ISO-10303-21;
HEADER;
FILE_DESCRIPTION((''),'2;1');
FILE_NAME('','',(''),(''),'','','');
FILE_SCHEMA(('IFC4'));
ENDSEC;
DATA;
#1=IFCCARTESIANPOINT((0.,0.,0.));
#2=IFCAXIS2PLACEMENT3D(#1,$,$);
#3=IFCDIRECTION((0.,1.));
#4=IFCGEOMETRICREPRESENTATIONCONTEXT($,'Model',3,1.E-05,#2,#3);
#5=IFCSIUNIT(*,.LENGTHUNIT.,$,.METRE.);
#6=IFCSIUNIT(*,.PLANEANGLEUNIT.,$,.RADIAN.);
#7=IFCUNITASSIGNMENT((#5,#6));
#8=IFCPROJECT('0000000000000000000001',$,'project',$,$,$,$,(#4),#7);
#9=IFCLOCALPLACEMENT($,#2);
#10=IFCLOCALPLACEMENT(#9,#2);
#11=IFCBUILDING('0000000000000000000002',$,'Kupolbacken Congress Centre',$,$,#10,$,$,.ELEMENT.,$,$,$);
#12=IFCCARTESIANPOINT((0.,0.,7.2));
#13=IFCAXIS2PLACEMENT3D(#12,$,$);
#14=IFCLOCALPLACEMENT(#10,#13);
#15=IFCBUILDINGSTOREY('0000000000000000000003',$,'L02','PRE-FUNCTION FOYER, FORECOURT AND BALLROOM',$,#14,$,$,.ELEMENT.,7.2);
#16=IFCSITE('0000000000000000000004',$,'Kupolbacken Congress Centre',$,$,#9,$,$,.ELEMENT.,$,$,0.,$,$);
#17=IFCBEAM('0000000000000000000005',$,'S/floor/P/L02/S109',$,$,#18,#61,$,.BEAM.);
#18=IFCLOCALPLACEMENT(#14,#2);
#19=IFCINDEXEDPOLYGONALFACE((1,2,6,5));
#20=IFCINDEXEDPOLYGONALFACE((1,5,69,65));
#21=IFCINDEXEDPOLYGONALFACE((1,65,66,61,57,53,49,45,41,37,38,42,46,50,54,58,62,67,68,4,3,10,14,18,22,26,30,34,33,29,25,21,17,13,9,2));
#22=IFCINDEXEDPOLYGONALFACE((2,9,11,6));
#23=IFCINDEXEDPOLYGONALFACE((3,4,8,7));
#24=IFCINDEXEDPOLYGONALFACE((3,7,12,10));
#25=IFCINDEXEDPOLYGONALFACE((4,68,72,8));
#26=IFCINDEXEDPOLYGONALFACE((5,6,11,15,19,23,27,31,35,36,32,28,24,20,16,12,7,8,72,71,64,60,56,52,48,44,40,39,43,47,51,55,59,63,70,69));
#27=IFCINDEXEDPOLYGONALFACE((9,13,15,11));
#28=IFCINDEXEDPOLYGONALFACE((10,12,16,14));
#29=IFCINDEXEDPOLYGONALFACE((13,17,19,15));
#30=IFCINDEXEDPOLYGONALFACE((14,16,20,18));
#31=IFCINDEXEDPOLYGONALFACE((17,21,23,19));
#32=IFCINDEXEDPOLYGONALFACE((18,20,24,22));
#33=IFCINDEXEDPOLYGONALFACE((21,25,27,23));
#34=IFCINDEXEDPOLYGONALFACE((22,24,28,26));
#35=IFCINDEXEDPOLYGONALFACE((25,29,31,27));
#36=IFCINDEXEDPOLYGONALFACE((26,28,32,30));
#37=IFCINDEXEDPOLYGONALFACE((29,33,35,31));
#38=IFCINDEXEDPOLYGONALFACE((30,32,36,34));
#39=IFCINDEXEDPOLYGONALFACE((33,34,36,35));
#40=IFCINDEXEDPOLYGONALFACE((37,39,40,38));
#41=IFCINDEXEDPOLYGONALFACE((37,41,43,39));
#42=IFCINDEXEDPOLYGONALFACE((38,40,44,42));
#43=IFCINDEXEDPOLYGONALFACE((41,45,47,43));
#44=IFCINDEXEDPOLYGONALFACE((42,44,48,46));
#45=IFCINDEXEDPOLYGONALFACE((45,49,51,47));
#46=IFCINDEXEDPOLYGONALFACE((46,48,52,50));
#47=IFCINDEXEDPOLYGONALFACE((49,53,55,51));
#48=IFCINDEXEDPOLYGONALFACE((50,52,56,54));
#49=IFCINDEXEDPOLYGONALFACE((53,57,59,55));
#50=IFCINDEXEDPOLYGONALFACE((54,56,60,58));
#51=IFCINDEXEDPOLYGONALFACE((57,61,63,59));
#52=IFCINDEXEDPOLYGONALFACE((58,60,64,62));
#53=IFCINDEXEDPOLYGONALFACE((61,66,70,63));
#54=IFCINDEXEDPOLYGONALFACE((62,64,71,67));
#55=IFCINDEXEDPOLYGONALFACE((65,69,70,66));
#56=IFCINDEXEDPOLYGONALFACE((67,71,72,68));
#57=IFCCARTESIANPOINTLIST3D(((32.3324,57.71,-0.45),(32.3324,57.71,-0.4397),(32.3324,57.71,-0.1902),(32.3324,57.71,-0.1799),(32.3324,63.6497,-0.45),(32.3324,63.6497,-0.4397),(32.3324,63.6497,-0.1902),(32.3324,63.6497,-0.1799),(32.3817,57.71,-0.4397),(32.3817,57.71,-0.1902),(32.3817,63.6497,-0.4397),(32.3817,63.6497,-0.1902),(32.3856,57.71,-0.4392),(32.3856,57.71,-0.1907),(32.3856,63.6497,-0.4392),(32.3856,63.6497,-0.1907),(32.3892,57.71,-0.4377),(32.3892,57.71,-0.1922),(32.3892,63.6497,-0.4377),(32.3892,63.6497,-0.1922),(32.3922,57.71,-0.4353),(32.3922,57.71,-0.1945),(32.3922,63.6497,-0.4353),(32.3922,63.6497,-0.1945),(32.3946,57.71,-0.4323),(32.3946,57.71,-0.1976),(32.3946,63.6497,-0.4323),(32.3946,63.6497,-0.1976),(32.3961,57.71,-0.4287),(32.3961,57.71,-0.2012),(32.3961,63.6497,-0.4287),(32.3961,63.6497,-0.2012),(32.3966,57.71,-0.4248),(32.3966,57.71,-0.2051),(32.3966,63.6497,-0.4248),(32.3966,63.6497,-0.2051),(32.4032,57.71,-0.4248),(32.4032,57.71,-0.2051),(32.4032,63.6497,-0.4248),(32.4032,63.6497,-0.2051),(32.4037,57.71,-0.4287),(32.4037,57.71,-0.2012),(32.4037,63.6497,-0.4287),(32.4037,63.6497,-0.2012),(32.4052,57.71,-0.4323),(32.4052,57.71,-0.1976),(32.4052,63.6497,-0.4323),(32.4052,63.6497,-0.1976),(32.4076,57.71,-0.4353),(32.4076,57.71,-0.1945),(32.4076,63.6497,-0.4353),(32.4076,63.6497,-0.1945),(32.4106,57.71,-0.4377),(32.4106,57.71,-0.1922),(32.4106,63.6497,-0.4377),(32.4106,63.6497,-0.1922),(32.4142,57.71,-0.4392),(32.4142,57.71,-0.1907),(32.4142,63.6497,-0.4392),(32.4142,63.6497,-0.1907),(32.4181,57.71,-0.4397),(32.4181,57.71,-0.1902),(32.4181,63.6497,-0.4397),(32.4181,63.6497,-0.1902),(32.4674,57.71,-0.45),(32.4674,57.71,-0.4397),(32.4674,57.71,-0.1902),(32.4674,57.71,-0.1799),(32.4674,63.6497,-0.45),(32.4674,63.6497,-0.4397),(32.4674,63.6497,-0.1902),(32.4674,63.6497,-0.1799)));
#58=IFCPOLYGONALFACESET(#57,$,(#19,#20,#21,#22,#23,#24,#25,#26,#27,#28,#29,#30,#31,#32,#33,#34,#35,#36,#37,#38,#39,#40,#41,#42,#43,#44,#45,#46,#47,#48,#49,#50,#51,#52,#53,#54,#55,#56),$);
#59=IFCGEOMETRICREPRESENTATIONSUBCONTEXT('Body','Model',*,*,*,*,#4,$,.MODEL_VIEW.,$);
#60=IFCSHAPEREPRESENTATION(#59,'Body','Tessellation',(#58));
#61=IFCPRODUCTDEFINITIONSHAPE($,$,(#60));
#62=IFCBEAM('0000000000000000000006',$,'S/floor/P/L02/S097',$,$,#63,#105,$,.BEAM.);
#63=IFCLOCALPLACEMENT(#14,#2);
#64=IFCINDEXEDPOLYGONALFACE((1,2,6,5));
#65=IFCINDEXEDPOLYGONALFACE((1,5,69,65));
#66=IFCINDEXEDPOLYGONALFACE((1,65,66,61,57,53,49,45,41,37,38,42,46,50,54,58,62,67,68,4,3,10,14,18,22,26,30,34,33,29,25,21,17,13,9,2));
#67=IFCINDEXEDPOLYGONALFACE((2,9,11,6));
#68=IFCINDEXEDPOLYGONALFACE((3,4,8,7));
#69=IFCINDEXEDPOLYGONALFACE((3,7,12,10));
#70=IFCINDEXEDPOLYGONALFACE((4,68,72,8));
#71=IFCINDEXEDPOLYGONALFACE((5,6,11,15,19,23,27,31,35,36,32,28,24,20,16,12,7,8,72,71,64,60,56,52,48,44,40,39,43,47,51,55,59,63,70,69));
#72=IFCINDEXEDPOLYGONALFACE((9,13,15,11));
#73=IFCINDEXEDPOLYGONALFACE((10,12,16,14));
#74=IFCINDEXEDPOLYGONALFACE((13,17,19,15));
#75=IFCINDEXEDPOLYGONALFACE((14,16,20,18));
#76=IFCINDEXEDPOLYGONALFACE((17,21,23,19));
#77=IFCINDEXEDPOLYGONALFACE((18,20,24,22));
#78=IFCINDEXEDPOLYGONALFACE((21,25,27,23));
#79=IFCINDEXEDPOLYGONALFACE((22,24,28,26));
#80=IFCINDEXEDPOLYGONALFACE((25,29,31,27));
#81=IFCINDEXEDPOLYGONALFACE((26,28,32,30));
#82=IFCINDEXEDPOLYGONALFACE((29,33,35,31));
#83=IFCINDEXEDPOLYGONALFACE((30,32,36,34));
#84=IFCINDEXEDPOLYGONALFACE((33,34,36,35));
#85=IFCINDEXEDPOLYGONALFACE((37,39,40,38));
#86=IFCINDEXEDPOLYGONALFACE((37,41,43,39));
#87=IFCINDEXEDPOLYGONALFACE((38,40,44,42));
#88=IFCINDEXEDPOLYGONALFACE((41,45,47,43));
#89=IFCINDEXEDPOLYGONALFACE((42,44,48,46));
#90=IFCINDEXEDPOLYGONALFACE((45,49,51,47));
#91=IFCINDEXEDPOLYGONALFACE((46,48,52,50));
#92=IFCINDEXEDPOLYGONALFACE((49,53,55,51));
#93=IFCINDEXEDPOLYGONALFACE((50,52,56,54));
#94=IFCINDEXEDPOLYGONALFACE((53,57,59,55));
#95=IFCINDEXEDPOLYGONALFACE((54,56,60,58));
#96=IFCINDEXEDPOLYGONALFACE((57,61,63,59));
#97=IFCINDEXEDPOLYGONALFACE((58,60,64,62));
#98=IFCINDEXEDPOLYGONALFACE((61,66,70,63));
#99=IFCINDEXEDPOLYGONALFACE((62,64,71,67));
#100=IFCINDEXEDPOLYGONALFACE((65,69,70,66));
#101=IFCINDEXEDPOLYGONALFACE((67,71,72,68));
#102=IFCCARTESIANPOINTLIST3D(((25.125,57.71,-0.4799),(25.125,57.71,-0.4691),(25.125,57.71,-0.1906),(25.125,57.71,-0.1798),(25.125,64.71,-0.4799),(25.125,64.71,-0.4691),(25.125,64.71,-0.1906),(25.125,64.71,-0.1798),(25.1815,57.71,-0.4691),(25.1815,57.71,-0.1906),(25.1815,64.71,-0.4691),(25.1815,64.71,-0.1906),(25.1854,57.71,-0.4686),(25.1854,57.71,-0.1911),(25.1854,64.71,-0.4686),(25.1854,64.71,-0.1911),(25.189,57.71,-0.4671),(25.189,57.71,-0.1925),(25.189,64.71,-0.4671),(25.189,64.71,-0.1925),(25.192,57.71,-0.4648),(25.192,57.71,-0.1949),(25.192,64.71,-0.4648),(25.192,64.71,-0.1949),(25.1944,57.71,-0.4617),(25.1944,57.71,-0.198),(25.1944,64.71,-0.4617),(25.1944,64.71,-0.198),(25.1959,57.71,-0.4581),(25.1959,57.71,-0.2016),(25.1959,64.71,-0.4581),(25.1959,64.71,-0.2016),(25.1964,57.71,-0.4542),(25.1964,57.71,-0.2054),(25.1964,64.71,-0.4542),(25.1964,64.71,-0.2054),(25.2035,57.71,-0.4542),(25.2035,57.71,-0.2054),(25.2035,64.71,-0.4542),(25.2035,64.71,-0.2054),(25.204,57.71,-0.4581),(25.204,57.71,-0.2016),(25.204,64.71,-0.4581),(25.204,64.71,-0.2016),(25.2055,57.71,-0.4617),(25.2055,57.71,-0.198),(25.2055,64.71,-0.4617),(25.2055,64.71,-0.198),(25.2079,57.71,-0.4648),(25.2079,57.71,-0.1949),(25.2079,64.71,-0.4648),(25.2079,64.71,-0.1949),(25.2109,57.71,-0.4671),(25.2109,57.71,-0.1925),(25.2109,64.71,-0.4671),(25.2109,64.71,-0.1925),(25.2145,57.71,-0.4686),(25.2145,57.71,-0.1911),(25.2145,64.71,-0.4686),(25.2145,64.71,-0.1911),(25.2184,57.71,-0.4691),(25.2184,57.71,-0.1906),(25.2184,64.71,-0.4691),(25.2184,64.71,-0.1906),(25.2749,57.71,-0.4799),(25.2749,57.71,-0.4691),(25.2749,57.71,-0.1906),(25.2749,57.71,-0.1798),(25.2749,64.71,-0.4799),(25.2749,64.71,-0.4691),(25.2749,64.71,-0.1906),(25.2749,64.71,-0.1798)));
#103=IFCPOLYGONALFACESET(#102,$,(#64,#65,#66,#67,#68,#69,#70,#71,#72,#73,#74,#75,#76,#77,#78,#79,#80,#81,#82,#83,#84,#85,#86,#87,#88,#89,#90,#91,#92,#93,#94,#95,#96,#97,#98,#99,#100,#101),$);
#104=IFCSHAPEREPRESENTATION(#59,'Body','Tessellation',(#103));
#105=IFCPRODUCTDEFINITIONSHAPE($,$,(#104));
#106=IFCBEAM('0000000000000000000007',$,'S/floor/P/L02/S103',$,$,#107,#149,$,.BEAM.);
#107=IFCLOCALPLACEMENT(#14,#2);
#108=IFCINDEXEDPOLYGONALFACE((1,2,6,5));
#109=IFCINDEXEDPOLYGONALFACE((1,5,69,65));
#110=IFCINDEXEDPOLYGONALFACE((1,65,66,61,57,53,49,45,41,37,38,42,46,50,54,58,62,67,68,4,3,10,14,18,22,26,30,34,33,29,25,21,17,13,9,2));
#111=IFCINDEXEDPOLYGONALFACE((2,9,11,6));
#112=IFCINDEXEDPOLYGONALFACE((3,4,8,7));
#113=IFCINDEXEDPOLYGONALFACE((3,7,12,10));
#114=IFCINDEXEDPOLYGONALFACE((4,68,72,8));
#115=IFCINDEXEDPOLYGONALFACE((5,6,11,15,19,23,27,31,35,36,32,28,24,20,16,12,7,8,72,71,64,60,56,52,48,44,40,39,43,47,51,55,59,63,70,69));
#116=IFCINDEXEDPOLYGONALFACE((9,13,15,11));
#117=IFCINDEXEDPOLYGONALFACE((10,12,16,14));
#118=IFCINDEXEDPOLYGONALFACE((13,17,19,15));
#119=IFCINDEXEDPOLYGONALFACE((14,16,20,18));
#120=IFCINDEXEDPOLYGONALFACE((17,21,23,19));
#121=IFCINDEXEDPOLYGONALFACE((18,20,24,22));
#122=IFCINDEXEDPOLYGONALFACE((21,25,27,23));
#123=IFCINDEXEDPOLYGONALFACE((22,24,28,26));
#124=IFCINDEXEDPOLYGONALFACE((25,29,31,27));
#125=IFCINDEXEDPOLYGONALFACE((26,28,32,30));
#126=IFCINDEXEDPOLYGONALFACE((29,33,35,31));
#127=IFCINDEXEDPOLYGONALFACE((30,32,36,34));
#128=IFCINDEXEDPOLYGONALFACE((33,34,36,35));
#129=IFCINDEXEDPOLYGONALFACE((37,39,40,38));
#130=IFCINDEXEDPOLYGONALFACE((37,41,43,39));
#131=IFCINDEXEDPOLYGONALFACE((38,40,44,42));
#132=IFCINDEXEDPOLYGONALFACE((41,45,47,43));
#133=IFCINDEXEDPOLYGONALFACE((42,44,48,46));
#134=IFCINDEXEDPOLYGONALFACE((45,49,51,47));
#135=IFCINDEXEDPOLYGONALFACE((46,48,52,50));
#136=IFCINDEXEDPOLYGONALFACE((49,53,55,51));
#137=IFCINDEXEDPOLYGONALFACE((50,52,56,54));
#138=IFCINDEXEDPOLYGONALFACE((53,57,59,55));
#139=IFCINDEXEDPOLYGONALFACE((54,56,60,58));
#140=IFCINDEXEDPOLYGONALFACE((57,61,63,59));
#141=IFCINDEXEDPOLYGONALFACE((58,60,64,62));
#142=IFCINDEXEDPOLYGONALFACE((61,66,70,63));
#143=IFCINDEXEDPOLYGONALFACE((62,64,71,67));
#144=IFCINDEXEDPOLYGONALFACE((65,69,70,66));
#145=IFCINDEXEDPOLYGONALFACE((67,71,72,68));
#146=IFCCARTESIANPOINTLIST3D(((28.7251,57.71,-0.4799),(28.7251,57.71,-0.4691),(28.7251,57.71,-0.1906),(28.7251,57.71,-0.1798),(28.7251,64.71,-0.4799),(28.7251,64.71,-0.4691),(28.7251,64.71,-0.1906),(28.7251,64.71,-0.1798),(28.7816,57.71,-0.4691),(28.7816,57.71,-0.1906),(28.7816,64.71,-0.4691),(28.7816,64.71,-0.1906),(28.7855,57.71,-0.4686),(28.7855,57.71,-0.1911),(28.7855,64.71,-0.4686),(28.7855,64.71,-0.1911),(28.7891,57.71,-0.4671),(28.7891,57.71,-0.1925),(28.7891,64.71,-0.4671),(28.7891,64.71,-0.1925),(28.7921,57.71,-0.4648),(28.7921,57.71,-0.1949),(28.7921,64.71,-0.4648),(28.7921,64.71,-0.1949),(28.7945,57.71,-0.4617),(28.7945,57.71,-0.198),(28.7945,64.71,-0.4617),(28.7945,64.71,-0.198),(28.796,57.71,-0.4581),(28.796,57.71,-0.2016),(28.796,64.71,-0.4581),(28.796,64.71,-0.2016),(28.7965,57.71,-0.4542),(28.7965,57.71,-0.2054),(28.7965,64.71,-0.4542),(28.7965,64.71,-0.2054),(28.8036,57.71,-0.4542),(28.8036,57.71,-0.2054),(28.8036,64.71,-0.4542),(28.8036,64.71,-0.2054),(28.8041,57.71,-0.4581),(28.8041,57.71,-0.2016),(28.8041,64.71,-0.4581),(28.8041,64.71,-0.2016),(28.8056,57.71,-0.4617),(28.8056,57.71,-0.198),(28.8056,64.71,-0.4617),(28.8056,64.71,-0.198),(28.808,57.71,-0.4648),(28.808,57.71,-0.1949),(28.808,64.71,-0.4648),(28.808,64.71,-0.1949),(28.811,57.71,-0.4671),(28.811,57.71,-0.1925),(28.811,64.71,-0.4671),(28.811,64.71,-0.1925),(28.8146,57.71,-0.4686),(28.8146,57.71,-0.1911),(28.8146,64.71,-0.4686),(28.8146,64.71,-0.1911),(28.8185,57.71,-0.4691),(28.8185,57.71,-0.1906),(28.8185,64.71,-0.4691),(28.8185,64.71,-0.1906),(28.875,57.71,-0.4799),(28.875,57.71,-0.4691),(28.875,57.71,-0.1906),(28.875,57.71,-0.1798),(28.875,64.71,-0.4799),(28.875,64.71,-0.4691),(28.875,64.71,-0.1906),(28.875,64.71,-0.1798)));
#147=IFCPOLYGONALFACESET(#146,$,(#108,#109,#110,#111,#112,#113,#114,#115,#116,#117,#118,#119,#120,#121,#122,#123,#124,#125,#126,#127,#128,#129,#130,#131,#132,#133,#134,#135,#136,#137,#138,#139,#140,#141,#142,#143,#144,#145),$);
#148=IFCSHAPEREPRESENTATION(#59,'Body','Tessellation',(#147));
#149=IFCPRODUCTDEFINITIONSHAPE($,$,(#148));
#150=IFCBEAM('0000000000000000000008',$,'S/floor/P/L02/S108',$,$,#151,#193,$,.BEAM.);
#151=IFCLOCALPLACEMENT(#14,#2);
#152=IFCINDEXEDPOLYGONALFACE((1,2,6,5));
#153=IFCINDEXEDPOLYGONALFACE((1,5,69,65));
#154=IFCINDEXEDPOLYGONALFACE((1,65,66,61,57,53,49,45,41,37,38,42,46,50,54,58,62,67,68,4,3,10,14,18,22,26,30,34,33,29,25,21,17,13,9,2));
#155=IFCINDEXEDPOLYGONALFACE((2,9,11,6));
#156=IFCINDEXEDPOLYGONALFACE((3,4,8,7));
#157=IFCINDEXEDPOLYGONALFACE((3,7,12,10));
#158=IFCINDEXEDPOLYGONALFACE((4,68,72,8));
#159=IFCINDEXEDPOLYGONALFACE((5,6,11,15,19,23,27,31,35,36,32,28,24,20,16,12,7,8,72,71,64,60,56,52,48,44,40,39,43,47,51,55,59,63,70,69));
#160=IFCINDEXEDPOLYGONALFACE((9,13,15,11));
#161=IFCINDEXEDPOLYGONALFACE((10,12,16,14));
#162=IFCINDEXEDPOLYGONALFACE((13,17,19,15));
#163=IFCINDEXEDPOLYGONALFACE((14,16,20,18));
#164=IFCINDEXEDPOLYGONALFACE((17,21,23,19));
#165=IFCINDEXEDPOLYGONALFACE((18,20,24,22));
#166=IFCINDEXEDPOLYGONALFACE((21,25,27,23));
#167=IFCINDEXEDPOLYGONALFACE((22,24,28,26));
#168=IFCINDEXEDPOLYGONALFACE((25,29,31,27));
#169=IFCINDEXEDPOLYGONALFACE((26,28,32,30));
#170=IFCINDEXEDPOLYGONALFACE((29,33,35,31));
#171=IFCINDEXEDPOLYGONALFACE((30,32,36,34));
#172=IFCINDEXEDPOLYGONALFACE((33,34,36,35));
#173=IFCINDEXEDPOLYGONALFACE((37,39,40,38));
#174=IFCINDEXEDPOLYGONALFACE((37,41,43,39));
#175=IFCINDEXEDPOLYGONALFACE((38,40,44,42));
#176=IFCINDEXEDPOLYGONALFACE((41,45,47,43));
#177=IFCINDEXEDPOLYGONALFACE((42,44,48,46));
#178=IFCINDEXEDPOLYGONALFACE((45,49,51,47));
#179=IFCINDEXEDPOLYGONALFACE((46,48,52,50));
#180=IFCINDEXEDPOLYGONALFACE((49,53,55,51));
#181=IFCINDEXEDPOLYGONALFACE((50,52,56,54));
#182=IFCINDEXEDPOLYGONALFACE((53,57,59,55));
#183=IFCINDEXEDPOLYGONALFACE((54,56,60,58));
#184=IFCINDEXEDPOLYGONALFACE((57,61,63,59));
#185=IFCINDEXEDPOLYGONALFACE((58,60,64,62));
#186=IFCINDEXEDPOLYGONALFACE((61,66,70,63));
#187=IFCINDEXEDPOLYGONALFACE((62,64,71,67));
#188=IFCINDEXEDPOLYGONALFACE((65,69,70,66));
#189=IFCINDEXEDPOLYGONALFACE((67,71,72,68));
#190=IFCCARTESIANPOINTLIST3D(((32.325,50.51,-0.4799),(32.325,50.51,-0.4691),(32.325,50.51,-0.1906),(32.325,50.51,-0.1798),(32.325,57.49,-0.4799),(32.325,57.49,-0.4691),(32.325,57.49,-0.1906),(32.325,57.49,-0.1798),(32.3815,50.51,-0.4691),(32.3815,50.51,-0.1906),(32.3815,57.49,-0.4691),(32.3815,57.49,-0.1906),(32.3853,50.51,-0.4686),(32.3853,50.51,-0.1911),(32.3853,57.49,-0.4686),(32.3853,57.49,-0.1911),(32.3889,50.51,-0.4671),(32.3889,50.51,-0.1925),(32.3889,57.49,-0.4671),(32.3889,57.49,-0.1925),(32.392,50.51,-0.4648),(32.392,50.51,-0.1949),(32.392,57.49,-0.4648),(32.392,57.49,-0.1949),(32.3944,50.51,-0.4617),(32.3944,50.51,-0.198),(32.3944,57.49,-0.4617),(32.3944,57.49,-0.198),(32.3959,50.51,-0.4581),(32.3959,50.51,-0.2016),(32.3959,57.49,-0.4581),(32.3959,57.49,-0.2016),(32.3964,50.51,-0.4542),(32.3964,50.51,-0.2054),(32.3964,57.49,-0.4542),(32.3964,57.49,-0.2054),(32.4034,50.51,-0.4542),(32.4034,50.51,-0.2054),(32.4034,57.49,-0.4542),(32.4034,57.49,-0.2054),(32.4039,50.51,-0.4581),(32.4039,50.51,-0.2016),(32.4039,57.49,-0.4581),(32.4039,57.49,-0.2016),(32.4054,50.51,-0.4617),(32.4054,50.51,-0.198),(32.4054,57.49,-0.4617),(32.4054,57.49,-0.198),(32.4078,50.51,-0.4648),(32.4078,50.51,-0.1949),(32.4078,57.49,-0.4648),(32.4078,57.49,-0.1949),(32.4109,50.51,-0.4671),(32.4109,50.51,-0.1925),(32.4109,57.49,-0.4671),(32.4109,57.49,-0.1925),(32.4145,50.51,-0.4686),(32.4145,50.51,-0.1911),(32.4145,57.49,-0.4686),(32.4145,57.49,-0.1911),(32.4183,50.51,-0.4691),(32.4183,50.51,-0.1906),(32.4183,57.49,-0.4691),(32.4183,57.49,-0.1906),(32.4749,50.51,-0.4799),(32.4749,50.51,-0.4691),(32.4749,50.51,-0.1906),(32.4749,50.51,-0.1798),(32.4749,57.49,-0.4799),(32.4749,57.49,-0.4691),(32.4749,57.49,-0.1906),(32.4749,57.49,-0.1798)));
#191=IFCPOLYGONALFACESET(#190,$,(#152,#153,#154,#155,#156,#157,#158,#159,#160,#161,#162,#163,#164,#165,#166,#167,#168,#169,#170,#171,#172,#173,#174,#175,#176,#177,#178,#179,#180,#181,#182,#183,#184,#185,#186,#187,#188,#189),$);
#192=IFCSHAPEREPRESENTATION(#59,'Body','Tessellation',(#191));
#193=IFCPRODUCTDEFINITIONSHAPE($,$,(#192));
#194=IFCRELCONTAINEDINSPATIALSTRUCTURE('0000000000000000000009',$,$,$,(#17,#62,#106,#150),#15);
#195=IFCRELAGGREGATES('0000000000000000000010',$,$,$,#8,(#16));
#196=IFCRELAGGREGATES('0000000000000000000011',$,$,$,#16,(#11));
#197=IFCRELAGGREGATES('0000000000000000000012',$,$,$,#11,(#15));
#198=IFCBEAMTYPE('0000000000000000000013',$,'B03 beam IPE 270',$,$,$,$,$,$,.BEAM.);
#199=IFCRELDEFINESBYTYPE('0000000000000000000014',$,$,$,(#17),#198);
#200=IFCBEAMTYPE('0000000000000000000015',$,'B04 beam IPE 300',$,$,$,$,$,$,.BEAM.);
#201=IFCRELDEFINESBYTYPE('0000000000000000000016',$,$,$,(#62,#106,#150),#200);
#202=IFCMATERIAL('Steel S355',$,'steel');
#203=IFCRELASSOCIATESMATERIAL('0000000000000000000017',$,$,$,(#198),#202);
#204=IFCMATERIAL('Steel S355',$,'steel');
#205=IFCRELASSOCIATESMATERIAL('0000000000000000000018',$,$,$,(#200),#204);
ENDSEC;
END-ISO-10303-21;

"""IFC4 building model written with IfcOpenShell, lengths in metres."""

from ifc_helpers import new_model, si_unit, direction, frame, origin, origin_2d, place, context, subcontext, project, spatial, i_section, extrude, material, material_profile, profile_set, type_object, element, save


model = new_model("IFC4")

# Units and contexts
model_context = context("Model", 3, precision=1e-05, world=origin(), true_north=direction((0.0, 1.0)))
body_context = subcontext(model_context, "Body", "Model", "MODEL_VIEW")
ifc_project = project(units=[si_unit("LENGTHUNIT", "METRE"), si_unit("PLANEANGLEUNIT", "RADIAN")], contexts=[model_context])

# Site, building, storey
site_placement = place(None, origin())
site = spatial("IfcSite", under=ifc_project, at=site_placement, Name="Kupolbacken Congress Centre", CompositionType="ELEMENT", RefElevation=0.0)
building_placement = place(site_placement, origin())
building = spatial("IfcBuilding", under=site, at=building_placement, Name="Kupolbacken Congress Centre", CompositionType="ELEMENT")
storey_placement = place(building_placement, frame((0.0, 0.0, 7.2)))
storey = spatial("IfcBuildingStorey", under=building, at=storey_placement, Name="L02", Description="PRE-FUNCTION FOYER, FORECOURT AND BALLROOM", CompositionType="ELEMENT", Elevation=7.2)

# Beams
ifc_material_1 = material(Name="Steel S355", Category="steel")
ifc_material_profile_1 = material_profile(ifc_material_1, i_section(OverallWidth=0.135, OverallDepth=0.27, WebThickness=0.0066, FlangeThickness=0.0103, FilletRadius=0.0149, at=origin_2d()), Name="IPE 270")
ifc_profile_set_1 = profile_set([ifc_material_profile_1], Name="Steel S355")
beam_type_1 = type_object("IfcBeamType", Name="B03 beam IPE 270", PredefinedType="BEAM", material=ifc_profile_set_1)
beam_1_placement = place(storey_placement, frame((32.3999, 57.71, -0.3149), z_axis=(0.0, 1.0, 0.0), x_axis=(-1.0, 0.0, 0.0)))
element("IfcBeam", 1, at=beam_1_placement, inside=storey, type_object=beam_type_1, Name="S/floor/P/L02/S109", PredefinedType="BEAM", context=body_context, shape_type="SweptSolid", body=[
    extrude(i_section(OverallWidth=0.135, OverallDepth=0.27, WebThickness=0.0066, FlangeThickness=0.0103, FilletRadius=0.0149, at=origin_2d()), origin(), (0.0, 0.0, 1.0), 5.9397),
])
ifc_material_2 = material(Name="Steel S355", Category="steel")
ifc_material_profile_2 = material_profile(ifc_material_2, i_section(OverallWidth=0.1499, OverallDepth=0.3, WebThickness=0.0071, FlangeThickness=0.0107, FilletRadius=0.0149, at=origin_2d()), Name="IPE 300")
ifc_profile_set_2 = profile_set([ifc_material_profile_2], Name="Steel S355")
beam_type_2 = type_object("IfcBeamType", Name="B04 beam IPE 300", PredefinedType="BEAM", material=ifc_profile_set_2)
for number, where, z_axis, x_axis, name in (
    (2, (25.2, 57.71, -0.3298), (0.0, 1.0, 0.0), (-1.0, 0.0, 0.0), "S/floor/P/L02/S097"),
    (3, (28.8, 57.71, -0.3298), (0.0, 1.0, 0.0), (-1.0, 0.0, 0.0), "S/floor/P/L02/S103"),
):
    element("IfcBeam", number, at=place(storey_placement, frame(where, z_axis=z_axis, x_axis=x_axis)), inside=storey, type_object=beam_type_2, Name=name, PredefinedType="BEAM", context=body_context, shape_type="SweptSolid", body=[
        extrude(i_section(OverallWidth=0.1499, OverallDepth=0.3, WebThickness=0.0071, FlangeThickness=0.0107, FilletRadius=0.0149, at=origin_2d()), origin(), (0.0, 0.0, 1.0), 7.0),
    ])
beam_2_placement = place(storey_placement, frame((32.3999, 50.51, -0.3298), z_axis=(0.0, 1.0, 0.0), x_axis=(-1.0, 0.0, 0.0)))
element("IfcBeam", 4, at=beam_2_placement, inside=storey, type_object=beam_type_2, Name="S/floor/P/L02/S108", PredefinedType="BEAM", context=body_context, shape_type="SweptSolid", body=[
    extrude(i_section(OverallWidth=0.1499, OverallDepth=0.3, WebThickness=0.0071, FlangeThickness=0.0107, FilletRadius=0.0149, at=origin_2d()), origin(), (0.0, 0.0, 1.0), 6.98),
])

save(model, "model.ifc")
